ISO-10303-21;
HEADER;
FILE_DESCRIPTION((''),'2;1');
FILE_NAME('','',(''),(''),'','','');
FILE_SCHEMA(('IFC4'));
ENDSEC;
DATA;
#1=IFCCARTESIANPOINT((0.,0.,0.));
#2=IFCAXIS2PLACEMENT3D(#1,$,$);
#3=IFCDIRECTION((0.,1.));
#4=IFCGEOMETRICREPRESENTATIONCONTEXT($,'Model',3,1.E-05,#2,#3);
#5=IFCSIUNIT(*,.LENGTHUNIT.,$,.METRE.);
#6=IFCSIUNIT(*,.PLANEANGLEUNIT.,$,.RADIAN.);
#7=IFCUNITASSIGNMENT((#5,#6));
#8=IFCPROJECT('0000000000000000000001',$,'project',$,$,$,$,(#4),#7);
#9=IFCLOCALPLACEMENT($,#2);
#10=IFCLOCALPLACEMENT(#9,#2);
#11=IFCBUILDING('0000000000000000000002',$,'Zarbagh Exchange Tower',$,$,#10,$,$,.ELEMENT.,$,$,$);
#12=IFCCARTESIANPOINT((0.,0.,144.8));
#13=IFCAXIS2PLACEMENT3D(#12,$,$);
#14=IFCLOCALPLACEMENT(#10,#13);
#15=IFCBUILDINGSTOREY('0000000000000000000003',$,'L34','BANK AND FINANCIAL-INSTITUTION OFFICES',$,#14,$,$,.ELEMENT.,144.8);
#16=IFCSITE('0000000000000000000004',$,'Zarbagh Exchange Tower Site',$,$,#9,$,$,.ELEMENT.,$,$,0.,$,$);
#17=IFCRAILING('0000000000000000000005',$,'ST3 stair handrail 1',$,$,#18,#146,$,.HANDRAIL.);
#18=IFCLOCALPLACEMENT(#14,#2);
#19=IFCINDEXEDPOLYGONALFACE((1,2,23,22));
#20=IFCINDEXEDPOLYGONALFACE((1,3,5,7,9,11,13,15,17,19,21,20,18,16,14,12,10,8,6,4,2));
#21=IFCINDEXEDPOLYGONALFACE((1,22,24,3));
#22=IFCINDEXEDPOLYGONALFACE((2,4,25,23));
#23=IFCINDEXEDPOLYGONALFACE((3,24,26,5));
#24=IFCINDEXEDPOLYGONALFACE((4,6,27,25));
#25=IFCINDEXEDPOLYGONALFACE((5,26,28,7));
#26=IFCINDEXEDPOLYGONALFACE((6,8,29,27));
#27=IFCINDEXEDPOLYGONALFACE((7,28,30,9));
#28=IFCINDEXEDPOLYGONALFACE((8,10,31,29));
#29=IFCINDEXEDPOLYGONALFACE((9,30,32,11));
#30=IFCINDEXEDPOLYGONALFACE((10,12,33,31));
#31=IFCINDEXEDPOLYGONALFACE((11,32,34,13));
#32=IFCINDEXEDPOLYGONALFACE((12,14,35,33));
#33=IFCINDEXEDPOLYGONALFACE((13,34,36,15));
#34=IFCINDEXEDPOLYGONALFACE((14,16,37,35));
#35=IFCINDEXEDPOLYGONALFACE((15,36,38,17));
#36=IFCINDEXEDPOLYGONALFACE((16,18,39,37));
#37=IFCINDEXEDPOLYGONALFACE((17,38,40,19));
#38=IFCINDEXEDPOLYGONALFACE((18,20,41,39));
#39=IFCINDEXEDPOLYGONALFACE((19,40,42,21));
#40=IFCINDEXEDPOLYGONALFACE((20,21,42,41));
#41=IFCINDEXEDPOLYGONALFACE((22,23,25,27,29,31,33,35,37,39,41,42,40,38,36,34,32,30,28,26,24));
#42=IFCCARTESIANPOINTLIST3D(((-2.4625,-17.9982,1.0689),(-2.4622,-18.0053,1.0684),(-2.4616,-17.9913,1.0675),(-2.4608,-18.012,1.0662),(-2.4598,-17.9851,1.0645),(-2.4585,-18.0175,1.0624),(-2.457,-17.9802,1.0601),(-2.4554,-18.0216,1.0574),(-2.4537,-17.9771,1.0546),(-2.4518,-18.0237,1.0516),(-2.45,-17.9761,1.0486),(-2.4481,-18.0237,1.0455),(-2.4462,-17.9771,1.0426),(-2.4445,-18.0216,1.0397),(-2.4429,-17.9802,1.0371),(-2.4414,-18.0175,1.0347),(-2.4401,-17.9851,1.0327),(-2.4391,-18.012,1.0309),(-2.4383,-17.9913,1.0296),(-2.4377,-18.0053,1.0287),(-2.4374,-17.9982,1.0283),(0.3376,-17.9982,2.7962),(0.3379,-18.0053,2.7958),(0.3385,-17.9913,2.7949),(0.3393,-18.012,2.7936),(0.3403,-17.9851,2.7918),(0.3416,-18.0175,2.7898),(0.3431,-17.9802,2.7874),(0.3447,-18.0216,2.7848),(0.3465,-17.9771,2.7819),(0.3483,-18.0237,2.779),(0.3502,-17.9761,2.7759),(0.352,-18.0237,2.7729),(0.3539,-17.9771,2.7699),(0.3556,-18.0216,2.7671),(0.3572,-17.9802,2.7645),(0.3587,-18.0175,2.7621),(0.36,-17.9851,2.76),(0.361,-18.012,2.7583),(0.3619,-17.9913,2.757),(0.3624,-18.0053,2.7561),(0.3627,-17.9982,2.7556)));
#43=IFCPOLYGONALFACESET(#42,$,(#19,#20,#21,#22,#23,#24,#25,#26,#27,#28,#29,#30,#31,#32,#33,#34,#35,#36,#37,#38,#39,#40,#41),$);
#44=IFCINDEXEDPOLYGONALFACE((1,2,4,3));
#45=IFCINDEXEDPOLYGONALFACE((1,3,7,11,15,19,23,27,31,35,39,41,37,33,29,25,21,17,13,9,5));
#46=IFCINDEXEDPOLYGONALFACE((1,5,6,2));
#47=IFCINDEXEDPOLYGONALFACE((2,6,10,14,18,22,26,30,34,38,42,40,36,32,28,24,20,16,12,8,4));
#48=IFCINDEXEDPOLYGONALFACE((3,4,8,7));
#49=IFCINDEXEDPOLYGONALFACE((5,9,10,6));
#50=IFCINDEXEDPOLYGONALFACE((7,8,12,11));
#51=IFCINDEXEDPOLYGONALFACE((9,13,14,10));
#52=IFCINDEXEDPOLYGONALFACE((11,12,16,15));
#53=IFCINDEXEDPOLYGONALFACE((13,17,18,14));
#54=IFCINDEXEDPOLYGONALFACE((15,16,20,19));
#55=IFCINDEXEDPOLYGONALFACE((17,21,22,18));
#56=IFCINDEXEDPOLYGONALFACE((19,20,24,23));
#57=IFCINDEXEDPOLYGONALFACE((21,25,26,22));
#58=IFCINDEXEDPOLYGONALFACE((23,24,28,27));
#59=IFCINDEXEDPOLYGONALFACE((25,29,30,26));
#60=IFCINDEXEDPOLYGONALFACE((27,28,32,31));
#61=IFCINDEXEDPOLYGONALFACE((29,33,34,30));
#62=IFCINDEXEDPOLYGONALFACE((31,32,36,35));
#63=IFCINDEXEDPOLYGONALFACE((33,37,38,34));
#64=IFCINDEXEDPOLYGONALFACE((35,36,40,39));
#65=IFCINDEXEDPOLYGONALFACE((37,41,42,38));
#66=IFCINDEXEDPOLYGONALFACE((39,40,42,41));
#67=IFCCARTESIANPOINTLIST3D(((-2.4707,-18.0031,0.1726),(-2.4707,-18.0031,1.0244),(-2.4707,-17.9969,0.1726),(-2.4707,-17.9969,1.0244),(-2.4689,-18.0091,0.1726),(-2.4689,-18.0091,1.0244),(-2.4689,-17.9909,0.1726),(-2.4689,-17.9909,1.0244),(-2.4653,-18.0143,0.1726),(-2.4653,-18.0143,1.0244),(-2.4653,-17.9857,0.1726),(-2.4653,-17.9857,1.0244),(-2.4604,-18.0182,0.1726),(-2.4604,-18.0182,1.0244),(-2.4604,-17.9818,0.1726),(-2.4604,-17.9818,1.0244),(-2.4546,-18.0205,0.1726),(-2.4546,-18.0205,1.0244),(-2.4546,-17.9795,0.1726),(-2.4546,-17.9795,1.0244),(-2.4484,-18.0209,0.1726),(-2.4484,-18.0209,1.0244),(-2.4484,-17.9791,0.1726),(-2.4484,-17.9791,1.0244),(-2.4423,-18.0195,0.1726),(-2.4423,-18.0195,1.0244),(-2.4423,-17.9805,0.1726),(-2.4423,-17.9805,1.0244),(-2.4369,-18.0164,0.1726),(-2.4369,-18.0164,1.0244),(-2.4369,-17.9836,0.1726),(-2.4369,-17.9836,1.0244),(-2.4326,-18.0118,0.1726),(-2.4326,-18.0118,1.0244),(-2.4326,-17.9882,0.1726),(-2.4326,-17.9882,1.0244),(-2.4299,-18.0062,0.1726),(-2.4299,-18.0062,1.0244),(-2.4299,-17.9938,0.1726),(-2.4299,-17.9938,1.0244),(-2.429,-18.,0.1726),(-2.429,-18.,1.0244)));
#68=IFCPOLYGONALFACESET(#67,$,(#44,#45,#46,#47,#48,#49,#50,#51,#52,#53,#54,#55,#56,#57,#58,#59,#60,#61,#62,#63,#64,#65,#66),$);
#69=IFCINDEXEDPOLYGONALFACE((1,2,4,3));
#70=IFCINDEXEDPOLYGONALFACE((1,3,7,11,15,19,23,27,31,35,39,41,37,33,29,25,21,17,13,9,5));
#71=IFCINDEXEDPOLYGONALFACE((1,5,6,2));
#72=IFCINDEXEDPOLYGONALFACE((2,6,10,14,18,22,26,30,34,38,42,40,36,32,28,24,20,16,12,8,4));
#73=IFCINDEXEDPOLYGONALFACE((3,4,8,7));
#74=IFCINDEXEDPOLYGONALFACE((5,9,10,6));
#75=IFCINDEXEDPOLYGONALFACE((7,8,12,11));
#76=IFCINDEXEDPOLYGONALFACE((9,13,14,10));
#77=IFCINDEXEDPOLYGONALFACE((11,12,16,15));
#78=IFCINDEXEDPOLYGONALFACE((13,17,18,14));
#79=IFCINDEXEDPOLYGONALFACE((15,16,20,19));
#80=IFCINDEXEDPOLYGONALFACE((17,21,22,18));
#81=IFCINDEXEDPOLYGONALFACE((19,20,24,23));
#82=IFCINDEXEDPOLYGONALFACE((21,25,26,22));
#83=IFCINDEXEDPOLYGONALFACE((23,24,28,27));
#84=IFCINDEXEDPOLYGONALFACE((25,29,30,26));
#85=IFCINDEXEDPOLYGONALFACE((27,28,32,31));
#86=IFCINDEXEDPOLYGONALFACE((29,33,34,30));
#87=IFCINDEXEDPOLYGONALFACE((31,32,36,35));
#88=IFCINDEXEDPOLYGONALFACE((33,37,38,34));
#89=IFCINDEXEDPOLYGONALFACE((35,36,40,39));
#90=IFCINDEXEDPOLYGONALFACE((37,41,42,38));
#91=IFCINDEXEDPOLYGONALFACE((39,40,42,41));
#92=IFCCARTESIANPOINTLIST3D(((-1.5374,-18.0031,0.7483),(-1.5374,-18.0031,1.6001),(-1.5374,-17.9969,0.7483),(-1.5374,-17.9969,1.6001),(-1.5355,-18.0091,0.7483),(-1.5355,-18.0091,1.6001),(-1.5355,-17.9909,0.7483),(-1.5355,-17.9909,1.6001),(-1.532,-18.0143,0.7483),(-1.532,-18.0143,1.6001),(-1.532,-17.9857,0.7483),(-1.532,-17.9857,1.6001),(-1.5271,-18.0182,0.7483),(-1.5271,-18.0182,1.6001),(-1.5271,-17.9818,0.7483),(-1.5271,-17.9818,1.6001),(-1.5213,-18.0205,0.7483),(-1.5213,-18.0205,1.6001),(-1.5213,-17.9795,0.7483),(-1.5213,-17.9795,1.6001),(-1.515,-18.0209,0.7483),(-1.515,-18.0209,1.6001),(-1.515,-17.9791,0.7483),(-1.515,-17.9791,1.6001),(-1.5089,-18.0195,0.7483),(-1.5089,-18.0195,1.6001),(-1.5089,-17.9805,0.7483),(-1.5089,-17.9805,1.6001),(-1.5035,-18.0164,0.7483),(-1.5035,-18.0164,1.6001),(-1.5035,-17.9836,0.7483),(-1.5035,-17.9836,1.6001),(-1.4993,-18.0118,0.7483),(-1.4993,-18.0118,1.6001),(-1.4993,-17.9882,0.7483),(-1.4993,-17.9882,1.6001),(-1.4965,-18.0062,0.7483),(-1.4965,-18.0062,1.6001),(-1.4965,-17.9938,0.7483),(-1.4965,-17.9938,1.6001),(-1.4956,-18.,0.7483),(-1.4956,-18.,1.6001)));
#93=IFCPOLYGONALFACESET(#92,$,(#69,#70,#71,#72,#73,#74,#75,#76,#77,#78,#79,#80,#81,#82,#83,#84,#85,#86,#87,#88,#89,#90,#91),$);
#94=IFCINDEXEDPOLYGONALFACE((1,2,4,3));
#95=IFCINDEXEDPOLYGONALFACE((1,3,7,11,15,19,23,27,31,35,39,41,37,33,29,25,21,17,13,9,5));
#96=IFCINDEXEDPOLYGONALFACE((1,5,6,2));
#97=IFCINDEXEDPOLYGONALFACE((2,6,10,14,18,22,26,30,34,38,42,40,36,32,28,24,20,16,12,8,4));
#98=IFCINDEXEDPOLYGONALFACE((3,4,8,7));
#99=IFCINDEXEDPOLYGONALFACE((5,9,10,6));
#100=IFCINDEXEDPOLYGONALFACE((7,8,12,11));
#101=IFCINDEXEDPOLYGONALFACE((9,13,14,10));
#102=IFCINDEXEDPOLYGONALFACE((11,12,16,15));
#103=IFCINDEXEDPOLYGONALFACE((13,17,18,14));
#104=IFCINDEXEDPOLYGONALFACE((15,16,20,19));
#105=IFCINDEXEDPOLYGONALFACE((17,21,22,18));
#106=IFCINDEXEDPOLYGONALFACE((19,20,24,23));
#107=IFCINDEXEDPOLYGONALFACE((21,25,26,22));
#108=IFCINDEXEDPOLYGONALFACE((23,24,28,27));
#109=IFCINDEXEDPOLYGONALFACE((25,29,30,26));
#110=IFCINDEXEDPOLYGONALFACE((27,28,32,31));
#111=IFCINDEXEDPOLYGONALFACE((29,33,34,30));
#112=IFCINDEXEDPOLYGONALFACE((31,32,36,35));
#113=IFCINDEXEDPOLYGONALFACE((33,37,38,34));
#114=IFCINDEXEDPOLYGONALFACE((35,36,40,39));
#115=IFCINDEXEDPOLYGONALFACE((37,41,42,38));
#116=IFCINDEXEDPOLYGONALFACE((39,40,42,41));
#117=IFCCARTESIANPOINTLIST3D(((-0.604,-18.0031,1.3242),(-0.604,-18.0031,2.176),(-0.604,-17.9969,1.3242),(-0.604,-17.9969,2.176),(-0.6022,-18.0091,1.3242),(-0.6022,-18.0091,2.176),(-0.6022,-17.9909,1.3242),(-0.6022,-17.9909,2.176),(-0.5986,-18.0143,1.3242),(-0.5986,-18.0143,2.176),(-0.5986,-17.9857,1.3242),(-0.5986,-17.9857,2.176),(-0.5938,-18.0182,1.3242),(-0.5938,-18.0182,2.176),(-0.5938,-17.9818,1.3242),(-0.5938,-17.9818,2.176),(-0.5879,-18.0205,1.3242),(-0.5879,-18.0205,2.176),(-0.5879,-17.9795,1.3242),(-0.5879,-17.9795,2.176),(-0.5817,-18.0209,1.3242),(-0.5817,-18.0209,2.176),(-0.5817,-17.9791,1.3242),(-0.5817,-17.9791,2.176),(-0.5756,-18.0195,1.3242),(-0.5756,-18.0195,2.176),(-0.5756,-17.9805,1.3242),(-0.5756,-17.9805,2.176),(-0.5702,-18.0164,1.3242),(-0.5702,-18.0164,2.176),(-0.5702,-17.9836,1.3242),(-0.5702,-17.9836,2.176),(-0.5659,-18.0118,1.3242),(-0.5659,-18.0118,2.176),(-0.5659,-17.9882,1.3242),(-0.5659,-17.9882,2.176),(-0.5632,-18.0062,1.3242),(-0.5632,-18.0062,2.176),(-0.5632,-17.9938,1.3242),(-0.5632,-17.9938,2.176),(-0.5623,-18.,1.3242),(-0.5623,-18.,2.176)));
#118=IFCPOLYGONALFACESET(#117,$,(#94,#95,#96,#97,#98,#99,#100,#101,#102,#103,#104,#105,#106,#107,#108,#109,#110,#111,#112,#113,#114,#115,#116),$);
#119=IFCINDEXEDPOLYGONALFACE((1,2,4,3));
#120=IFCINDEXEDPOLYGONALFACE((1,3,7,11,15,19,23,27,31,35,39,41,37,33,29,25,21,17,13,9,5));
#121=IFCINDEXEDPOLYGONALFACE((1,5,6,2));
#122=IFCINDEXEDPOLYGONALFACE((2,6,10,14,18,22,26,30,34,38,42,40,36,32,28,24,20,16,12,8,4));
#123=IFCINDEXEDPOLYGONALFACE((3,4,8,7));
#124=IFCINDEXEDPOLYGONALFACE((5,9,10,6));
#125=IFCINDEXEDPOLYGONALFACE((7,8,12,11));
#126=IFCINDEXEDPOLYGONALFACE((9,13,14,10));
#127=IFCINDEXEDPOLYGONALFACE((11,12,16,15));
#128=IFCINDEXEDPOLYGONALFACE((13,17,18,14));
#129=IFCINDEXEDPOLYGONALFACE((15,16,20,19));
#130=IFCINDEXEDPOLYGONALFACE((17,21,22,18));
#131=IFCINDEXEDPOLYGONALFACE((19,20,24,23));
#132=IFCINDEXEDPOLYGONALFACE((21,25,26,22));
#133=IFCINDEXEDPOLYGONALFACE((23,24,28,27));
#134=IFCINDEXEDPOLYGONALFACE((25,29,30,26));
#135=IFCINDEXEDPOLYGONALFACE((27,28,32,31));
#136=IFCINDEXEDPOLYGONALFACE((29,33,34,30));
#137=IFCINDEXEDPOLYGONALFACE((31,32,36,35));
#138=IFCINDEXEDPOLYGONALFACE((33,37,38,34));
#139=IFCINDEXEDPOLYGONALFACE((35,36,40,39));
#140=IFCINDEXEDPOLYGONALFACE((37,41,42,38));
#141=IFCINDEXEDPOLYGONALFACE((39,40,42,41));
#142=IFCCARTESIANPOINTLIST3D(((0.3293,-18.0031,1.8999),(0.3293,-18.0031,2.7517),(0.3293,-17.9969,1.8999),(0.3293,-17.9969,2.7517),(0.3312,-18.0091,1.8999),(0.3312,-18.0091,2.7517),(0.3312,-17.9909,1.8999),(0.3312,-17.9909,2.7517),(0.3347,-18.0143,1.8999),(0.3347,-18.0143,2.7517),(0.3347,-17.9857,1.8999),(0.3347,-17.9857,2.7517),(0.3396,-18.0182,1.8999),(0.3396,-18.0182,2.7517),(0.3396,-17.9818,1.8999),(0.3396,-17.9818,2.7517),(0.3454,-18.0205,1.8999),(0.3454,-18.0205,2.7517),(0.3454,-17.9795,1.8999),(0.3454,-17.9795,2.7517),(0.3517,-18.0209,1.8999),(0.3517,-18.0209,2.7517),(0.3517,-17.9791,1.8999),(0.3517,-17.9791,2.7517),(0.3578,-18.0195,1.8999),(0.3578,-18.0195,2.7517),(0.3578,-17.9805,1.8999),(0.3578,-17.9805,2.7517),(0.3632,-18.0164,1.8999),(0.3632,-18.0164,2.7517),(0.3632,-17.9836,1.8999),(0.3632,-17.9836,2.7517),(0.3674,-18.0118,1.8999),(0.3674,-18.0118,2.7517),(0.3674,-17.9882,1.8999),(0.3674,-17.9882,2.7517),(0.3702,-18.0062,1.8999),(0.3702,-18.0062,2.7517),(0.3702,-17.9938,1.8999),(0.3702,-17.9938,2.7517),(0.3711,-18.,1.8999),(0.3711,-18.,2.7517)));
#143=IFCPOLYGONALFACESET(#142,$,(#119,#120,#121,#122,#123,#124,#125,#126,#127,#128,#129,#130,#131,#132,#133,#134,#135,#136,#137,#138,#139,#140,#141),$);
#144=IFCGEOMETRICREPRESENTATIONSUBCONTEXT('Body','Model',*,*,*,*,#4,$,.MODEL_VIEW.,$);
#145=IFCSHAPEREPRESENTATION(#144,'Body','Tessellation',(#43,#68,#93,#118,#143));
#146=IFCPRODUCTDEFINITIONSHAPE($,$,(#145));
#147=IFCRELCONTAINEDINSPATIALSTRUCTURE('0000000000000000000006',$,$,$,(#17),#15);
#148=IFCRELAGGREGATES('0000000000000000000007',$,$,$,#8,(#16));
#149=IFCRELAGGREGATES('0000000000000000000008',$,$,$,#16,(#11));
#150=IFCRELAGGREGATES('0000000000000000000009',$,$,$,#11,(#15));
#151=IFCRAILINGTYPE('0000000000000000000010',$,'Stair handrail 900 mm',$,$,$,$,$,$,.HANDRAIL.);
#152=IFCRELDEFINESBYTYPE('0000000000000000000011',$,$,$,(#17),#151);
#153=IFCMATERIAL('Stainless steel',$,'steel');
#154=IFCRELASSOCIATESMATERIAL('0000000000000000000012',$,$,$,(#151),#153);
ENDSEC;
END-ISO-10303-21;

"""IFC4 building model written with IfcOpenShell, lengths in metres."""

from ifc_helpers import new_model, si_unit, direction, frame, origin, origin_2d, place, context, subcontext, project, spatial, circle, extrude, material, type_object, element, save


model = new_model("IFC4")

# Units and contexts
model_context = context("Model", 3, precision=1e-05, world=origin(), true_north=direction((0.0, 1.0)))
body_context = subcontext(model_context, "Body", "Model", "MODEL_VIEW")
ifc_project = project(units=[si_unit("LENGTHUNIT", "METRE"), si_unit("PLANEANGLEUNIT", "RADIAN")], contexts=[model_context])

# Site, building, storey
site_placement = place(None, origin())
site = spatial("IfcSite", under=ifc_project, at=site_placement, Name="Zarbagh Exchange Tower Site", CompositionType="ELEMENT", RefElevation=0.0)
building_placement = place(site_placement, origin())
building = spatial("IfcBuilding", under=site, at=building_placement, Name="Zarbagh Exchange Tower", CompositionType="ELEMENT")
storey_placement = place(building_placement, frame((0.0, 0.0, 144.8)))
storey = spatial("IfcBuildingStorey", under=building, at=storey_placement, Name="L34", Description="BANK AND FINANCIAL-INSTITUTION OFFICES", CompositionType="ELEMENT", Elevation=144.8)

# Shared definitions
ifc_material_1 = material(Name="Stainless steel", Category="steel")

# Railing
railing_type_1 = type_object("IfcRailingType", Name="Stair handrail 900 mm", PredefinedType="HANDRAIL", material=ifc_material_1)
for number, where, name in (
    (1, (-2.45, -18.0, 0.1726), "ST3 stair handrail 1"),
):
    element("IfcRailing", number, at=place(storey_placement, frame(where)), inside=storey, type_object=railing_type_1, Name=name, PredefinedType="HANDRAIL", context=body_context, shape_type="SweptSolid", body=[
        extrude(circle(Radius=0.0239, at=origin_2d()), frame((0.0, 0.0, 0.876), z_axis=(0.85109, 0.0, 0.52502), x_axis=(0.0, 1.0, 0.0)), (0.0, 0.0, 1.0), 3.29),
        extrude(circle(Radius=0.021, at=origin_2d()), origin(), (0.0, 0.0, 1.0), 0.8518),
        extrude(circle(Radius=0.021, at=origin_2d()), frame((0.9333, 0.0, 0.5757)), (0.0, 0.0, 1.0), 0.8518),
        extrude(circle(Radius=0.021, at=origin_2d()), frame((1.8667, 0.0, 1.1516)), (0.0, 0.0, 1.0), 0.8518),
        extrude(circle(Radius=0.021, at=origin_2d()), frame((2.8, 0.0, 1.7273)), (0.0, 0.0, 1.0), 0.8518),
    ])

save(model, "model.ifc")
